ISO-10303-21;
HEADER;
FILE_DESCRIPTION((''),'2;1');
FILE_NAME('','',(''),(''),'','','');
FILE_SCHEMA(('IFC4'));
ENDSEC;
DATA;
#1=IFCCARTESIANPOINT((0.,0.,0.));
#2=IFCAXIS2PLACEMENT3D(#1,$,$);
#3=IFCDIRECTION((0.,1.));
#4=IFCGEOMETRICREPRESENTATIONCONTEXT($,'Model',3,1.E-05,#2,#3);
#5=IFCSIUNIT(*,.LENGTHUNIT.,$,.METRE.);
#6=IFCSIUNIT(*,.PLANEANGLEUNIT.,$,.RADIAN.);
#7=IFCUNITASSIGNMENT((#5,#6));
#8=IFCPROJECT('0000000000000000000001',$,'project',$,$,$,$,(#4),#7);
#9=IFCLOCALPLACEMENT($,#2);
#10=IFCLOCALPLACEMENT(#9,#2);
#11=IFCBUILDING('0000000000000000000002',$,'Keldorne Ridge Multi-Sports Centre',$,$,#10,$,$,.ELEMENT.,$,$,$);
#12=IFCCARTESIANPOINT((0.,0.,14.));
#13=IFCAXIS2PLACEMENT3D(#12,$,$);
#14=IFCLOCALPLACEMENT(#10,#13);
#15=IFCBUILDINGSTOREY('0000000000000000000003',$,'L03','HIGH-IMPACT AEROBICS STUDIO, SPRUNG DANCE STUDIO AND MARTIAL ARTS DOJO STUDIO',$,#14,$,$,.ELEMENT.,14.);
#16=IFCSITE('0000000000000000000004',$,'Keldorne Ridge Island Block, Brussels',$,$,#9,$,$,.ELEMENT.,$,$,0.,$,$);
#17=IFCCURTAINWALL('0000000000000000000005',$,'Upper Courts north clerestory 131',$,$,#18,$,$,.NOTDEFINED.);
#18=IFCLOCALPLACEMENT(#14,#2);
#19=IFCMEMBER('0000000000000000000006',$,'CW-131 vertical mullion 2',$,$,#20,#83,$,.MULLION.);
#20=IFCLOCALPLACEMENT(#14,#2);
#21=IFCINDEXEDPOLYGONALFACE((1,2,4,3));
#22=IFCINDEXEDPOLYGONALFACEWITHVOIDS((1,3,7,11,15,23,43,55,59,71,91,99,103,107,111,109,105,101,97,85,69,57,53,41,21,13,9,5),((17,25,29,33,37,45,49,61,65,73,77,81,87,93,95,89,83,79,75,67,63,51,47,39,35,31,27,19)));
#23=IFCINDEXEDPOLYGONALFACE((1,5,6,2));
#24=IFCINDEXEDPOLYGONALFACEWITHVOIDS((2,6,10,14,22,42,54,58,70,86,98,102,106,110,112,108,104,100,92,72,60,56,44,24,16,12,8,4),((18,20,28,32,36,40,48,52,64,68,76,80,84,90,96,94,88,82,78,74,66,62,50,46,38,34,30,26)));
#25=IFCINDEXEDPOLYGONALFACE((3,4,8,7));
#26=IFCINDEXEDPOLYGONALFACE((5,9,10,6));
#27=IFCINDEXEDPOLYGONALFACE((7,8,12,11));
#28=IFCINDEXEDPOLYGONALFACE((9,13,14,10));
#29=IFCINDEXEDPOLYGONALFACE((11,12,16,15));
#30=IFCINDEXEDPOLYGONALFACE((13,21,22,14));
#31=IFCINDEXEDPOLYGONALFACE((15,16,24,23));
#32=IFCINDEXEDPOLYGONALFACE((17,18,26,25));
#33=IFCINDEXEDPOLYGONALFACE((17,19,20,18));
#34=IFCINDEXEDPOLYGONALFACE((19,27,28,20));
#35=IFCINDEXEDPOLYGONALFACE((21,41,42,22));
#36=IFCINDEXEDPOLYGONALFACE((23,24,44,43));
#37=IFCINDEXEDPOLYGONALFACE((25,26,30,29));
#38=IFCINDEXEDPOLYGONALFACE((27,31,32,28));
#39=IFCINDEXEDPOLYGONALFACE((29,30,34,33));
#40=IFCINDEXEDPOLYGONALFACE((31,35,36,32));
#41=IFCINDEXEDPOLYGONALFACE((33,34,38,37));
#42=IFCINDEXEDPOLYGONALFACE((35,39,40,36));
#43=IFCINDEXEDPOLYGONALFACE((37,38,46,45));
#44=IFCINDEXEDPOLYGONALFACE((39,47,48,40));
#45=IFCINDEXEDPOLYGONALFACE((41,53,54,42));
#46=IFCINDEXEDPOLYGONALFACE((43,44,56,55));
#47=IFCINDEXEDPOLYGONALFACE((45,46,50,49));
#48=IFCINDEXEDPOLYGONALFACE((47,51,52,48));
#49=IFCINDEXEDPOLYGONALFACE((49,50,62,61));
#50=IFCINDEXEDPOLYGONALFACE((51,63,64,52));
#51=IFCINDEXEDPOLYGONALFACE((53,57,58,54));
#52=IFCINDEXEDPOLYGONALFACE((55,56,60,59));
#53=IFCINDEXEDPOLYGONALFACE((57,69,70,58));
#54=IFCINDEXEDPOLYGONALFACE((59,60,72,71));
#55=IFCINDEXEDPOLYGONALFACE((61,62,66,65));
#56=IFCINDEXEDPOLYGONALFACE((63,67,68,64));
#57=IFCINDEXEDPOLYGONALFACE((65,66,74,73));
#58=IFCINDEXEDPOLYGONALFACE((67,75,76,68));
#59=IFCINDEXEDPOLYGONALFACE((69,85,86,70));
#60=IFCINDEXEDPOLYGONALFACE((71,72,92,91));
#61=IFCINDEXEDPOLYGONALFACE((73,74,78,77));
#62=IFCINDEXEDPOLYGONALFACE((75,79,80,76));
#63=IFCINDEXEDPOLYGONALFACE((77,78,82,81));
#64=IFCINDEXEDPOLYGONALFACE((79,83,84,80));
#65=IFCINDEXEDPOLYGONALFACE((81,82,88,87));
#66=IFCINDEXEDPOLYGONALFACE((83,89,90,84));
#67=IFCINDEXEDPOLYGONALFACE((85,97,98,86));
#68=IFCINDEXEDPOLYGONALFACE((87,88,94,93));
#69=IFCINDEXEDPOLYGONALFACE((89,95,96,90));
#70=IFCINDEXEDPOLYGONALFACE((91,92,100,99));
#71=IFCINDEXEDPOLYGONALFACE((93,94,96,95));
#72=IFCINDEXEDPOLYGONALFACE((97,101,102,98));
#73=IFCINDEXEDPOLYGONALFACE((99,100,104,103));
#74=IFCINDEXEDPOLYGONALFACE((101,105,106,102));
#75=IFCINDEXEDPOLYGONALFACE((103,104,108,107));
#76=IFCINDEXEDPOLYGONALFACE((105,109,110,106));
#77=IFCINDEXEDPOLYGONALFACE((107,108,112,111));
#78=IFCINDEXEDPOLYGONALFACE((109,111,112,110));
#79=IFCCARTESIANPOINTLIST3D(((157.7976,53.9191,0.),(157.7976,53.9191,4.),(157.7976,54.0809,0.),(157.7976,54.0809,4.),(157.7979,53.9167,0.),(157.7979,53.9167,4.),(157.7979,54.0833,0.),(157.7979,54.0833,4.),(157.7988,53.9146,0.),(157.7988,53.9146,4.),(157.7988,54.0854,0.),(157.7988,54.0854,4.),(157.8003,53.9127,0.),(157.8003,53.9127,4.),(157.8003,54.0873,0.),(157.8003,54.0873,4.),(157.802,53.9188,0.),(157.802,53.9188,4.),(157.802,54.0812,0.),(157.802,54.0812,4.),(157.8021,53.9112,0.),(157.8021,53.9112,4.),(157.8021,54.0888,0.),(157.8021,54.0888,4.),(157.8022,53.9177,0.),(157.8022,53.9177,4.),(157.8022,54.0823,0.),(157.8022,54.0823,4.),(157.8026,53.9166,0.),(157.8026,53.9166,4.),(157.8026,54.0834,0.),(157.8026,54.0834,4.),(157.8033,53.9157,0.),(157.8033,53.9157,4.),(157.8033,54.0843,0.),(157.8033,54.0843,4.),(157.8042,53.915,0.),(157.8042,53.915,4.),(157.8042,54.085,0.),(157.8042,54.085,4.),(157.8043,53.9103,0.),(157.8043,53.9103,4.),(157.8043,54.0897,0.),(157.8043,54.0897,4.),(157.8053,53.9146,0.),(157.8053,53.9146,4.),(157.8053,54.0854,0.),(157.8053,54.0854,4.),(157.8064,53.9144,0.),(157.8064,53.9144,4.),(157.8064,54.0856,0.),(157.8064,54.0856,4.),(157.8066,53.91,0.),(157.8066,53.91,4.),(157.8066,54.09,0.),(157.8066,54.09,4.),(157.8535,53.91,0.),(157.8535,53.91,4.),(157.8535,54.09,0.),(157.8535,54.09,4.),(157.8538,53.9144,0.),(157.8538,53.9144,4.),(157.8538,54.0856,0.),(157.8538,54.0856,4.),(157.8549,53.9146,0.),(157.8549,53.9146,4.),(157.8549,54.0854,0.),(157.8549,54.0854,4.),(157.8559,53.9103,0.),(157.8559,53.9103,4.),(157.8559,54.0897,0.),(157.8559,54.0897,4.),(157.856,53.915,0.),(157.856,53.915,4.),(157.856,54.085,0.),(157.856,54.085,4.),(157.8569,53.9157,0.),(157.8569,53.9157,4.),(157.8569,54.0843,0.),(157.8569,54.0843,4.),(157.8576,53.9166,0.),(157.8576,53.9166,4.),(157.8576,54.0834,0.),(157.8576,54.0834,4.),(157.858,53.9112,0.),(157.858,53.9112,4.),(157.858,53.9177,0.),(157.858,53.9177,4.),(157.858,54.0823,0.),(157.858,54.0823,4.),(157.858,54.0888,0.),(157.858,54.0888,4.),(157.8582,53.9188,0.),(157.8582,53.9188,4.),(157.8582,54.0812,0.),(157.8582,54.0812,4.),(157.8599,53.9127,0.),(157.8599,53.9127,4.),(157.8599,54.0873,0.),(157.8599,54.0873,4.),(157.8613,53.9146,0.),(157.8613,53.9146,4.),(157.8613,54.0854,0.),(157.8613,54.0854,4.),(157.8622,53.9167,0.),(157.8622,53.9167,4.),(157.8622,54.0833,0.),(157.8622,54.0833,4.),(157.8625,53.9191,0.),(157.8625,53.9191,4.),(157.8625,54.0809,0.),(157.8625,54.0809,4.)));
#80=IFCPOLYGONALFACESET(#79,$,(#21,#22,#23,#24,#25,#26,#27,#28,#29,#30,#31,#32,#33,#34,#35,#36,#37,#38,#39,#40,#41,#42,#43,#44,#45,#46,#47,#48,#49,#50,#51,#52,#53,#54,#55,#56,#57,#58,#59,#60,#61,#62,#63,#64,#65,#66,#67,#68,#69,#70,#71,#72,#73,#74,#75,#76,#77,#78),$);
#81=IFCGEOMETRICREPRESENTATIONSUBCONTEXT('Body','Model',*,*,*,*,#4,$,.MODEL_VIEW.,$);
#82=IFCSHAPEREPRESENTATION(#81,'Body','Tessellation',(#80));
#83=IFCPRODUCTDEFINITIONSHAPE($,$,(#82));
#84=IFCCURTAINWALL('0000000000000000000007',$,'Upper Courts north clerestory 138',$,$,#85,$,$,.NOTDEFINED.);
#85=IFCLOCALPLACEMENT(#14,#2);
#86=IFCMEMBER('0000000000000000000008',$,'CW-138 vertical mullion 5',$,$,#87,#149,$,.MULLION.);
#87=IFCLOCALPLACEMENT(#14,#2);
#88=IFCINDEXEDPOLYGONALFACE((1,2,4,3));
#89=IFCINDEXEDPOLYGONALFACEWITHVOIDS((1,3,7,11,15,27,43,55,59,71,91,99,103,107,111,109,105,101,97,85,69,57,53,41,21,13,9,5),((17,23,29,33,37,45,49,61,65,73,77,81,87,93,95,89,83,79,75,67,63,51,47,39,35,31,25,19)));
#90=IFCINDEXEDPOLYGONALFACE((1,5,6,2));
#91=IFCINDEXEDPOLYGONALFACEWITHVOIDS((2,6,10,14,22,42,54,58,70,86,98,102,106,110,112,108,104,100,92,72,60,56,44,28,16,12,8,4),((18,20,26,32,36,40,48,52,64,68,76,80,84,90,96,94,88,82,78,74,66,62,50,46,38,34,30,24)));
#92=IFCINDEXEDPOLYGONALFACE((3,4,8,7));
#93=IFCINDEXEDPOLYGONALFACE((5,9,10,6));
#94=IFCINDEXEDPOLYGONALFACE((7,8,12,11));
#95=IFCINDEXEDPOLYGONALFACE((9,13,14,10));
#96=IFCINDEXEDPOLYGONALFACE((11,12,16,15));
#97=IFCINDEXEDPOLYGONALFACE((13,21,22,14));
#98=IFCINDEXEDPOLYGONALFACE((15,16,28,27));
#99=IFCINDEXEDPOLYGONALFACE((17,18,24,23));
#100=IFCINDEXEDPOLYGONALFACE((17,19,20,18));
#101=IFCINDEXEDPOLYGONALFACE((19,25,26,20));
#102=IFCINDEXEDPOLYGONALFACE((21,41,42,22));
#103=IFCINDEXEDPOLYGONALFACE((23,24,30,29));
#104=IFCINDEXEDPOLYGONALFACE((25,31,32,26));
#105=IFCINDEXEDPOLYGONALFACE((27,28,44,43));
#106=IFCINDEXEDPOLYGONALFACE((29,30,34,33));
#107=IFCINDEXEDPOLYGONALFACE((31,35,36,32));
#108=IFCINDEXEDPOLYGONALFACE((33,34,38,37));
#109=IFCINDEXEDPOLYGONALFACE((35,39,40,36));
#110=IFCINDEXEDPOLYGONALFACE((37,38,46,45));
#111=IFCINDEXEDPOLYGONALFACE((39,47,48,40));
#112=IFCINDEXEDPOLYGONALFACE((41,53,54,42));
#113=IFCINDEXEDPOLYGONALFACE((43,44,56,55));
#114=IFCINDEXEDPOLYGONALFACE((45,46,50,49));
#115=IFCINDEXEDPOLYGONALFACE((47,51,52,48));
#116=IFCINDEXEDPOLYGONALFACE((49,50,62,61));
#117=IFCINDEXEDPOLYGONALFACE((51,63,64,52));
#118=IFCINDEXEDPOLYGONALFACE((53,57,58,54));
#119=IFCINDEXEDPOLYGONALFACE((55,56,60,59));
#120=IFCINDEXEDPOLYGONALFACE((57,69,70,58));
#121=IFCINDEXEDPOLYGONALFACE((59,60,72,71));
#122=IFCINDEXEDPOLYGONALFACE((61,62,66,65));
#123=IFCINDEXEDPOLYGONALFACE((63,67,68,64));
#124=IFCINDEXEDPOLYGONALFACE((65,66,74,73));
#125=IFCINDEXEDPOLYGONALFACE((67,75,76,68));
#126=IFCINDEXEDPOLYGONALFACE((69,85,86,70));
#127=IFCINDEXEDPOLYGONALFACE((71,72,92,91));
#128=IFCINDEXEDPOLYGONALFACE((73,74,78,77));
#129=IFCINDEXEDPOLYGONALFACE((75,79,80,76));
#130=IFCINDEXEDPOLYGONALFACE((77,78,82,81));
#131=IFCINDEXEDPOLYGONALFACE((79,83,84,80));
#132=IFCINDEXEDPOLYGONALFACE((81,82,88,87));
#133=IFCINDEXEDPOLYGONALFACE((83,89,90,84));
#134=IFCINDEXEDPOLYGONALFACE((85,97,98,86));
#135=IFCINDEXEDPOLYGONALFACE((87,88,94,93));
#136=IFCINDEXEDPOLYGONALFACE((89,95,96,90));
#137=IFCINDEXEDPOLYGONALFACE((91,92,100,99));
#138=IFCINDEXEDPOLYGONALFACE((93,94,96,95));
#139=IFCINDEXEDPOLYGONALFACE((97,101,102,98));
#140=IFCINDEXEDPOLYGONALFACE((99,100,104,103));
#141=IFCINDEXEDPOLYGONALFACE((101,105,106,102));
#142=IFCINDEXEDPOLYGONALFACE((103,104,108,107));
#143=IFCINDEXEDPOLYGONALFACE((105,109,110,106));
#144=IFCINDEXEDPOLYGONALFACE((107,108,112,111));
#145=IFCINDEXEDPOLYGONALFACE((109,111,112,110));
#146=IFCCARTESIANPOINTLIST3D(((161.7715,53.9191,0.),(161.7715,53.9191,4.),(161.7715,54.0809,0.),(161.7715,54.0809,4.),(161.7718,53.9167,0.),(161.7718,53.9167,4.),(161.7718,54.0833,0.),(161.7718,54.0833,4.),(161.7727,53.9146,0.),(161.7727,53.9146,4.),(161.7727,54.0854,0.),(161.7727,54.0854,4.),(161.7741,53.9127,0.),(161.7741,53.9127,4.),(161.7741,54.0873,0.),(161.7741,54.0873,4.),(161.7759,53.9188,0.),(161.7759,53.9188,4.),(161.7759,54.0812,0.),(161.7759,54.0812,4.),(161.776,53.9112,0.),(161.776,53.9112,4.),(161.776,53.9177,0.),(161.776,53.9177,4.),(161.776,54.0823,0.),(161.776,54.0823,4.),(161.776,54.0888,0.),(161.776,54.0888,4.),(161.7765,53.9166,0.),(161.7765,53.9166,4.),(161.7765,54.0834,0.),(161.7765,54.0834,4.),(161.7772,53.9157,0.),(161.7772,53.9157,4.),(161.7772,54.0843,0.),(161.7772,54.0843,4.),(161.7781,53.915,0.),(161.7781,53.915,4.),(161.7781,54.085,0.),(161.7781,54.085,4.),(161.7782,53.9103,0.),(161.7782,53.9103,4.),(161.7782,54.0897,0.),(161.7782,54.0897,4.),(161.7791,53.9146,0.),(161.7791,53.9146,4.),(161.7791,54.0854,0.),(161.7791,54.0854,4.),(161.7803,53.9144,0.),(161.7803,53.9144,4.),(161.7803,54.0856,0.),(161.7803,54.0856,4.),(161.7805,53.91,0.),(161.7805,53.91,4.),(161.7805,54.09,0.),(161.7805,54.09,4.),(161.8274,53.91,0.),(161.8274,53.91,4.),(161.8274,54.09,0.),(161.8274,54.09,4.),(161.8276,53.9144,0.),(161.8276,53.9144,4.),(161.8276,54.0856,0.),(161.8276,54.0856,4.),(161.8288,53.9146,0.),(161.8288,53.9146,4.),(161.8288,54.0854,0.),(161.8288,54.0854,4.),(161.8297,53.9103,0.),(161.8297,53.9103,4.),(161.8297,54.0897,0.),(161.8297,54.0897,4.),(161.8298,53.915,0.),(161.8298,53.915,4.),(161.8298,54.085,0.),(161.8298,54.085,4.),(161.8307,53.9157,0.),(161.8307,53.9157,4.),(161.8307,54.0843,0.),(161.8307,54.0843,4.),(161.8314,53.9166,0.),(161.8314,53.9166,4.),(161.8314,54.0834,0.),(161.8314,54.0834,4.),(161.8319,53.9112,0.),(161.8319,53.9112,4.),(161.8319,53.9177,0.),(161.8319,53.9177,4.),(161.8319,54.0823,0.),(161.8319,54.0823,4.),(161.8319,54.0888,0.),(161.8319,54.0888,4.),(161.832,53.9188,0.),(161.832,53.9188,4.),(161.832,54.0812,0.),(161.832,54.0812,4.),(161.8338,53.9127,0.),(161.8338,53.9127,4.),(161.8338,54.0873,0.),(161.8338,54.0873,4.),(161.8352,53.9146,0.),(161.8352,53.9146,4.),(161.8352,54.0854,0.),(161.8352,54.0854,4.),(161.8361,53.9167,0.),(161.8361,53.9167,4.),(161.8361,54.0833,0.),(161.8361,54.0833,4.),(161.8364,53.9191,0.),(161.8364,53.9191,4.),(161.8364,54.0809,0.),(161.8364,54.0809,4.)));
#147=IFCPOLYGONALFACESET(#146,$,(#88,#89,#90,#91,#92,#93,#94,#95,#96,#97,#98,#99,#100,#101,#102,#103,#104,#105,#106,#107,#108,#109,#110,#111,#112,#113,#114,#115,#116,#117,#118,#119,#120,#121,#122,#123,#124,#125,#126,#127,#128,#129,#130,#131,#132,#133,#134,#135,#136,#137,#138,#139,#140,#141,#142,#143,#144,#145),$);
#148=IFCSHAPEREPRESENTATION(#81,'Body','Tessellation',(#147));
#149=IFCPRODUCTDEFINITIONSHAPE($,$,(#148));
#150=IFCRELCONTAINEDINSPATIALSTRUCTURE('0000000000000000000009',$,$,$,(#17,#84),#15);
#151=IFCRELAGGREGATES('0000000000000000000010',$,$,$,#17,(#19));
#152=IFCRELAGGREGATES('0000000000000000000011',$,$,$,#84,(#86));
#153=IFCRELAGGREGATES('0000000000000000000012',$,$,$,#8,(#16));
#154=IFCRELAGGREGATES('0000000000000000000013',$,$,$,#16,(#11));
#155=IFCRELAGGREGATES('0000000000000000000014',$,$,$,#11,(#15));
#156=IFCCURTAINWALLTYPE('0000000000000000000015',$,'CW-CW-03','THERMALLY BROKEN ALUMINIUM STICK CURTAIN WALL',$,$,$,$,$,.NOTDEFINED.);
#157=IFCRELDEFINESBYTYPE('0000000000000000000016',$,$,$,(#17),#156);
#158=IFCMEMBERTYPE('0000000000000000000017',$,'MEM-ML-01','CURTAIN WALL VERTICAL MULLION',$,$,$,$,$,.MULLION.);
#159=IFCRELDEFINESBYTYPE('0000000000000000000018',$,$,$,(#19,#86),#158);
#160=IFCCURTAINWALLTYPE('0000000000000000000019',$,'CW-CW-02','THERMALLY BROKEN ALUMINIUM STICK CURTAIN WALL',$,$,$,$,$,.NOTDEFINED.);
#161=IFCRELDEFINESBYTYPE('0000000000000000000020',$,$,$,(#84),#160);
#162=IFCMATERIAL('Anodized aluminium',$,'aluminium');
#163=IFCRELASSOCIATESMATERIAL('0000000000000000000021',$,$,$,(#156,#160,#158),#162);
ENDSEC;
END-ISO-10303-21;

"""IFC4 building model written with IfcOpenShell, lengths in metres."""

from ifc_helpers import new_model, si_unit, direction, frame, origin, origin_2d, place, context, subcontext, project, spatial, hollow_rectangle, extrude, material, material_profile, profile_set, type_object, element, aggregate, save


model = new_model("IFC4")

# Units and contexts
model_context = context("Model", 3, precision=1e-05, world=origin(), true_north=direction((0.0, 1.0)))
body_context = subcontext(model_context, "Body", "Model", "MODEL_VIEW")
ifc_project = project(units=[si_unit("LENGTHUNIT", "METRE"), si_unit("PLANEANGLEUNIT", "RADIAN")], contexts=[model_context])

# Site, building, storey
site_placement = place(None, origin())
site = spatial("IfcSite", under=ifc_project, at=site_placement, Name="Keldorne Ridge Island Block, Brussels", CompositionType="ELEMENT", RefElevation=0.0)
building_placement = place(site_placement, origin())
building = spatial("IfcBuilding", under=site, at=building_placement, Name="Keldorne Ridge Multi-Sports Centre", CompositionType="ELEMENT")
storey_placement = place(building_placement, frame((0.0, 0.0, 14.0)))
storey = spatial("IfcBuildingStorey", under=building, at=storey_placement, Name="L03", Description="HIGH-IMPACT AEROBICS STUDIO, SPRUNG DANCE STUDIO AND MARTIAL ARTS DOJO STUDIO", CompositionType="ELEMENT", Elevation=14.0)

# Curtain walls, members
ifc_material_1 = material(Name="Anodized aluminium", Category="aluminium")
curtain_wall_type_1 = type_object("IfcCurtainWallType", Name="CW-CW-03", Description="THERMALLY BROKEN ALUMINIUM STICK CURTAIN WALL", PredefinedType="NOTDEFINED", material=ifc_material_1)
curtain_wall_1_placement = place(storey_placement, origin())
curtain_wall_1 = element("IfcCurtainWall", 1, at=curtain_wall_1_placement, inside=storey, type_object=curtain_wall_type_1, Name="Upper Courts north clerestory 131", PredefinedType="NOTDEFINED")
ifc_material_profile_1 = material_profile(ifc_material_1, hollow_rectangle(XDim=0.0649, YDim=0.1799, WallThickness=0.0044, InnerFilletRadius=0.0044, OuterFilletRadius=0.009, at=origin_2d()), Name="ALU MULLION 180x65x4.5")
ifc_profile_set_1 = profile_set([ifc_material_profile_1], Name="Anodized aluminium")
member_type_1 = type_object("IfcMemberType", Name="MEM-ML-01", Description="CURTAIN WALL VERTICAL MULLION", PredefinedType="MULLION", material=ifc_profile_set_1)
member_1_placement = place(storey_placement, frame((157.8301, 54.0, 0.0), z_axis=(0.0, 0.0, 1.0), x_axis=(1.0, 0.0, 0.0)))
member_1 = element("IfcMember", 2, at=member_1_placement, type_object=member_type_1, Name="CW-131 vertical mullion 2", PredefinedType="MULLION", context=body_context, shape_type="SweptSolid", body=[
    extrude(hollow_rectangle(XDim=0.0649, YDim=0.1799, WallThickness=0.0044, InnerFilletRadius=0.0044, OuterFilletRadius=0.009, at=origin_2d()), origin(), (0.0, 0.0, 1.0), 4.0),
])
curtain_wall_type_2 = type_object("IfcCurtainWallType", Name="CW-CW-02", Description="THERMALLY BROKEN ALUMINIUM STICK CURTAIN WALL", PredefinedType="NOTDEFINED", material=ifc_material_1)
curtain_wall_2_placement = place(storey_placement, origin())
curtain_wall_2 = element("IfcCurtainWall", 3, at=curtain_wall_2_placement, inside=storey, type_object=curtain_wall_type_2, Name="Upper Courts north clerestory 138", PredefinedType="NOTDEFINED")
member_2_placement = place(storey_placement, frame((161.804, 54.0, 0.0), z_axis=(0.0, 0.0, 1.0), x_axis=(1.0, 0.0, 0.0)))
member_2 = element("IfcMember", 4, at=member_2_placement, type_object=member_type_1, Name="CW-138 vertical mullion 5", PredefinedType="MULLION", context=body_context, shape_type="SweptSolid", body=[
    extrude(hollow_rectangle(XDim=0.0649, YDim=0.1799, WallThickness=0.0044, InnerFilletRadius=0.0044, OuterFilletRadius=0.009, at=origin_2d()), origin(), (0.0, 0.0, 1.0), 4.0),
])

aggregate(curtain_wall_1, [member_1])
aggregate(curtain_wall_2, [member_2])

save(model, "model.ifc")
